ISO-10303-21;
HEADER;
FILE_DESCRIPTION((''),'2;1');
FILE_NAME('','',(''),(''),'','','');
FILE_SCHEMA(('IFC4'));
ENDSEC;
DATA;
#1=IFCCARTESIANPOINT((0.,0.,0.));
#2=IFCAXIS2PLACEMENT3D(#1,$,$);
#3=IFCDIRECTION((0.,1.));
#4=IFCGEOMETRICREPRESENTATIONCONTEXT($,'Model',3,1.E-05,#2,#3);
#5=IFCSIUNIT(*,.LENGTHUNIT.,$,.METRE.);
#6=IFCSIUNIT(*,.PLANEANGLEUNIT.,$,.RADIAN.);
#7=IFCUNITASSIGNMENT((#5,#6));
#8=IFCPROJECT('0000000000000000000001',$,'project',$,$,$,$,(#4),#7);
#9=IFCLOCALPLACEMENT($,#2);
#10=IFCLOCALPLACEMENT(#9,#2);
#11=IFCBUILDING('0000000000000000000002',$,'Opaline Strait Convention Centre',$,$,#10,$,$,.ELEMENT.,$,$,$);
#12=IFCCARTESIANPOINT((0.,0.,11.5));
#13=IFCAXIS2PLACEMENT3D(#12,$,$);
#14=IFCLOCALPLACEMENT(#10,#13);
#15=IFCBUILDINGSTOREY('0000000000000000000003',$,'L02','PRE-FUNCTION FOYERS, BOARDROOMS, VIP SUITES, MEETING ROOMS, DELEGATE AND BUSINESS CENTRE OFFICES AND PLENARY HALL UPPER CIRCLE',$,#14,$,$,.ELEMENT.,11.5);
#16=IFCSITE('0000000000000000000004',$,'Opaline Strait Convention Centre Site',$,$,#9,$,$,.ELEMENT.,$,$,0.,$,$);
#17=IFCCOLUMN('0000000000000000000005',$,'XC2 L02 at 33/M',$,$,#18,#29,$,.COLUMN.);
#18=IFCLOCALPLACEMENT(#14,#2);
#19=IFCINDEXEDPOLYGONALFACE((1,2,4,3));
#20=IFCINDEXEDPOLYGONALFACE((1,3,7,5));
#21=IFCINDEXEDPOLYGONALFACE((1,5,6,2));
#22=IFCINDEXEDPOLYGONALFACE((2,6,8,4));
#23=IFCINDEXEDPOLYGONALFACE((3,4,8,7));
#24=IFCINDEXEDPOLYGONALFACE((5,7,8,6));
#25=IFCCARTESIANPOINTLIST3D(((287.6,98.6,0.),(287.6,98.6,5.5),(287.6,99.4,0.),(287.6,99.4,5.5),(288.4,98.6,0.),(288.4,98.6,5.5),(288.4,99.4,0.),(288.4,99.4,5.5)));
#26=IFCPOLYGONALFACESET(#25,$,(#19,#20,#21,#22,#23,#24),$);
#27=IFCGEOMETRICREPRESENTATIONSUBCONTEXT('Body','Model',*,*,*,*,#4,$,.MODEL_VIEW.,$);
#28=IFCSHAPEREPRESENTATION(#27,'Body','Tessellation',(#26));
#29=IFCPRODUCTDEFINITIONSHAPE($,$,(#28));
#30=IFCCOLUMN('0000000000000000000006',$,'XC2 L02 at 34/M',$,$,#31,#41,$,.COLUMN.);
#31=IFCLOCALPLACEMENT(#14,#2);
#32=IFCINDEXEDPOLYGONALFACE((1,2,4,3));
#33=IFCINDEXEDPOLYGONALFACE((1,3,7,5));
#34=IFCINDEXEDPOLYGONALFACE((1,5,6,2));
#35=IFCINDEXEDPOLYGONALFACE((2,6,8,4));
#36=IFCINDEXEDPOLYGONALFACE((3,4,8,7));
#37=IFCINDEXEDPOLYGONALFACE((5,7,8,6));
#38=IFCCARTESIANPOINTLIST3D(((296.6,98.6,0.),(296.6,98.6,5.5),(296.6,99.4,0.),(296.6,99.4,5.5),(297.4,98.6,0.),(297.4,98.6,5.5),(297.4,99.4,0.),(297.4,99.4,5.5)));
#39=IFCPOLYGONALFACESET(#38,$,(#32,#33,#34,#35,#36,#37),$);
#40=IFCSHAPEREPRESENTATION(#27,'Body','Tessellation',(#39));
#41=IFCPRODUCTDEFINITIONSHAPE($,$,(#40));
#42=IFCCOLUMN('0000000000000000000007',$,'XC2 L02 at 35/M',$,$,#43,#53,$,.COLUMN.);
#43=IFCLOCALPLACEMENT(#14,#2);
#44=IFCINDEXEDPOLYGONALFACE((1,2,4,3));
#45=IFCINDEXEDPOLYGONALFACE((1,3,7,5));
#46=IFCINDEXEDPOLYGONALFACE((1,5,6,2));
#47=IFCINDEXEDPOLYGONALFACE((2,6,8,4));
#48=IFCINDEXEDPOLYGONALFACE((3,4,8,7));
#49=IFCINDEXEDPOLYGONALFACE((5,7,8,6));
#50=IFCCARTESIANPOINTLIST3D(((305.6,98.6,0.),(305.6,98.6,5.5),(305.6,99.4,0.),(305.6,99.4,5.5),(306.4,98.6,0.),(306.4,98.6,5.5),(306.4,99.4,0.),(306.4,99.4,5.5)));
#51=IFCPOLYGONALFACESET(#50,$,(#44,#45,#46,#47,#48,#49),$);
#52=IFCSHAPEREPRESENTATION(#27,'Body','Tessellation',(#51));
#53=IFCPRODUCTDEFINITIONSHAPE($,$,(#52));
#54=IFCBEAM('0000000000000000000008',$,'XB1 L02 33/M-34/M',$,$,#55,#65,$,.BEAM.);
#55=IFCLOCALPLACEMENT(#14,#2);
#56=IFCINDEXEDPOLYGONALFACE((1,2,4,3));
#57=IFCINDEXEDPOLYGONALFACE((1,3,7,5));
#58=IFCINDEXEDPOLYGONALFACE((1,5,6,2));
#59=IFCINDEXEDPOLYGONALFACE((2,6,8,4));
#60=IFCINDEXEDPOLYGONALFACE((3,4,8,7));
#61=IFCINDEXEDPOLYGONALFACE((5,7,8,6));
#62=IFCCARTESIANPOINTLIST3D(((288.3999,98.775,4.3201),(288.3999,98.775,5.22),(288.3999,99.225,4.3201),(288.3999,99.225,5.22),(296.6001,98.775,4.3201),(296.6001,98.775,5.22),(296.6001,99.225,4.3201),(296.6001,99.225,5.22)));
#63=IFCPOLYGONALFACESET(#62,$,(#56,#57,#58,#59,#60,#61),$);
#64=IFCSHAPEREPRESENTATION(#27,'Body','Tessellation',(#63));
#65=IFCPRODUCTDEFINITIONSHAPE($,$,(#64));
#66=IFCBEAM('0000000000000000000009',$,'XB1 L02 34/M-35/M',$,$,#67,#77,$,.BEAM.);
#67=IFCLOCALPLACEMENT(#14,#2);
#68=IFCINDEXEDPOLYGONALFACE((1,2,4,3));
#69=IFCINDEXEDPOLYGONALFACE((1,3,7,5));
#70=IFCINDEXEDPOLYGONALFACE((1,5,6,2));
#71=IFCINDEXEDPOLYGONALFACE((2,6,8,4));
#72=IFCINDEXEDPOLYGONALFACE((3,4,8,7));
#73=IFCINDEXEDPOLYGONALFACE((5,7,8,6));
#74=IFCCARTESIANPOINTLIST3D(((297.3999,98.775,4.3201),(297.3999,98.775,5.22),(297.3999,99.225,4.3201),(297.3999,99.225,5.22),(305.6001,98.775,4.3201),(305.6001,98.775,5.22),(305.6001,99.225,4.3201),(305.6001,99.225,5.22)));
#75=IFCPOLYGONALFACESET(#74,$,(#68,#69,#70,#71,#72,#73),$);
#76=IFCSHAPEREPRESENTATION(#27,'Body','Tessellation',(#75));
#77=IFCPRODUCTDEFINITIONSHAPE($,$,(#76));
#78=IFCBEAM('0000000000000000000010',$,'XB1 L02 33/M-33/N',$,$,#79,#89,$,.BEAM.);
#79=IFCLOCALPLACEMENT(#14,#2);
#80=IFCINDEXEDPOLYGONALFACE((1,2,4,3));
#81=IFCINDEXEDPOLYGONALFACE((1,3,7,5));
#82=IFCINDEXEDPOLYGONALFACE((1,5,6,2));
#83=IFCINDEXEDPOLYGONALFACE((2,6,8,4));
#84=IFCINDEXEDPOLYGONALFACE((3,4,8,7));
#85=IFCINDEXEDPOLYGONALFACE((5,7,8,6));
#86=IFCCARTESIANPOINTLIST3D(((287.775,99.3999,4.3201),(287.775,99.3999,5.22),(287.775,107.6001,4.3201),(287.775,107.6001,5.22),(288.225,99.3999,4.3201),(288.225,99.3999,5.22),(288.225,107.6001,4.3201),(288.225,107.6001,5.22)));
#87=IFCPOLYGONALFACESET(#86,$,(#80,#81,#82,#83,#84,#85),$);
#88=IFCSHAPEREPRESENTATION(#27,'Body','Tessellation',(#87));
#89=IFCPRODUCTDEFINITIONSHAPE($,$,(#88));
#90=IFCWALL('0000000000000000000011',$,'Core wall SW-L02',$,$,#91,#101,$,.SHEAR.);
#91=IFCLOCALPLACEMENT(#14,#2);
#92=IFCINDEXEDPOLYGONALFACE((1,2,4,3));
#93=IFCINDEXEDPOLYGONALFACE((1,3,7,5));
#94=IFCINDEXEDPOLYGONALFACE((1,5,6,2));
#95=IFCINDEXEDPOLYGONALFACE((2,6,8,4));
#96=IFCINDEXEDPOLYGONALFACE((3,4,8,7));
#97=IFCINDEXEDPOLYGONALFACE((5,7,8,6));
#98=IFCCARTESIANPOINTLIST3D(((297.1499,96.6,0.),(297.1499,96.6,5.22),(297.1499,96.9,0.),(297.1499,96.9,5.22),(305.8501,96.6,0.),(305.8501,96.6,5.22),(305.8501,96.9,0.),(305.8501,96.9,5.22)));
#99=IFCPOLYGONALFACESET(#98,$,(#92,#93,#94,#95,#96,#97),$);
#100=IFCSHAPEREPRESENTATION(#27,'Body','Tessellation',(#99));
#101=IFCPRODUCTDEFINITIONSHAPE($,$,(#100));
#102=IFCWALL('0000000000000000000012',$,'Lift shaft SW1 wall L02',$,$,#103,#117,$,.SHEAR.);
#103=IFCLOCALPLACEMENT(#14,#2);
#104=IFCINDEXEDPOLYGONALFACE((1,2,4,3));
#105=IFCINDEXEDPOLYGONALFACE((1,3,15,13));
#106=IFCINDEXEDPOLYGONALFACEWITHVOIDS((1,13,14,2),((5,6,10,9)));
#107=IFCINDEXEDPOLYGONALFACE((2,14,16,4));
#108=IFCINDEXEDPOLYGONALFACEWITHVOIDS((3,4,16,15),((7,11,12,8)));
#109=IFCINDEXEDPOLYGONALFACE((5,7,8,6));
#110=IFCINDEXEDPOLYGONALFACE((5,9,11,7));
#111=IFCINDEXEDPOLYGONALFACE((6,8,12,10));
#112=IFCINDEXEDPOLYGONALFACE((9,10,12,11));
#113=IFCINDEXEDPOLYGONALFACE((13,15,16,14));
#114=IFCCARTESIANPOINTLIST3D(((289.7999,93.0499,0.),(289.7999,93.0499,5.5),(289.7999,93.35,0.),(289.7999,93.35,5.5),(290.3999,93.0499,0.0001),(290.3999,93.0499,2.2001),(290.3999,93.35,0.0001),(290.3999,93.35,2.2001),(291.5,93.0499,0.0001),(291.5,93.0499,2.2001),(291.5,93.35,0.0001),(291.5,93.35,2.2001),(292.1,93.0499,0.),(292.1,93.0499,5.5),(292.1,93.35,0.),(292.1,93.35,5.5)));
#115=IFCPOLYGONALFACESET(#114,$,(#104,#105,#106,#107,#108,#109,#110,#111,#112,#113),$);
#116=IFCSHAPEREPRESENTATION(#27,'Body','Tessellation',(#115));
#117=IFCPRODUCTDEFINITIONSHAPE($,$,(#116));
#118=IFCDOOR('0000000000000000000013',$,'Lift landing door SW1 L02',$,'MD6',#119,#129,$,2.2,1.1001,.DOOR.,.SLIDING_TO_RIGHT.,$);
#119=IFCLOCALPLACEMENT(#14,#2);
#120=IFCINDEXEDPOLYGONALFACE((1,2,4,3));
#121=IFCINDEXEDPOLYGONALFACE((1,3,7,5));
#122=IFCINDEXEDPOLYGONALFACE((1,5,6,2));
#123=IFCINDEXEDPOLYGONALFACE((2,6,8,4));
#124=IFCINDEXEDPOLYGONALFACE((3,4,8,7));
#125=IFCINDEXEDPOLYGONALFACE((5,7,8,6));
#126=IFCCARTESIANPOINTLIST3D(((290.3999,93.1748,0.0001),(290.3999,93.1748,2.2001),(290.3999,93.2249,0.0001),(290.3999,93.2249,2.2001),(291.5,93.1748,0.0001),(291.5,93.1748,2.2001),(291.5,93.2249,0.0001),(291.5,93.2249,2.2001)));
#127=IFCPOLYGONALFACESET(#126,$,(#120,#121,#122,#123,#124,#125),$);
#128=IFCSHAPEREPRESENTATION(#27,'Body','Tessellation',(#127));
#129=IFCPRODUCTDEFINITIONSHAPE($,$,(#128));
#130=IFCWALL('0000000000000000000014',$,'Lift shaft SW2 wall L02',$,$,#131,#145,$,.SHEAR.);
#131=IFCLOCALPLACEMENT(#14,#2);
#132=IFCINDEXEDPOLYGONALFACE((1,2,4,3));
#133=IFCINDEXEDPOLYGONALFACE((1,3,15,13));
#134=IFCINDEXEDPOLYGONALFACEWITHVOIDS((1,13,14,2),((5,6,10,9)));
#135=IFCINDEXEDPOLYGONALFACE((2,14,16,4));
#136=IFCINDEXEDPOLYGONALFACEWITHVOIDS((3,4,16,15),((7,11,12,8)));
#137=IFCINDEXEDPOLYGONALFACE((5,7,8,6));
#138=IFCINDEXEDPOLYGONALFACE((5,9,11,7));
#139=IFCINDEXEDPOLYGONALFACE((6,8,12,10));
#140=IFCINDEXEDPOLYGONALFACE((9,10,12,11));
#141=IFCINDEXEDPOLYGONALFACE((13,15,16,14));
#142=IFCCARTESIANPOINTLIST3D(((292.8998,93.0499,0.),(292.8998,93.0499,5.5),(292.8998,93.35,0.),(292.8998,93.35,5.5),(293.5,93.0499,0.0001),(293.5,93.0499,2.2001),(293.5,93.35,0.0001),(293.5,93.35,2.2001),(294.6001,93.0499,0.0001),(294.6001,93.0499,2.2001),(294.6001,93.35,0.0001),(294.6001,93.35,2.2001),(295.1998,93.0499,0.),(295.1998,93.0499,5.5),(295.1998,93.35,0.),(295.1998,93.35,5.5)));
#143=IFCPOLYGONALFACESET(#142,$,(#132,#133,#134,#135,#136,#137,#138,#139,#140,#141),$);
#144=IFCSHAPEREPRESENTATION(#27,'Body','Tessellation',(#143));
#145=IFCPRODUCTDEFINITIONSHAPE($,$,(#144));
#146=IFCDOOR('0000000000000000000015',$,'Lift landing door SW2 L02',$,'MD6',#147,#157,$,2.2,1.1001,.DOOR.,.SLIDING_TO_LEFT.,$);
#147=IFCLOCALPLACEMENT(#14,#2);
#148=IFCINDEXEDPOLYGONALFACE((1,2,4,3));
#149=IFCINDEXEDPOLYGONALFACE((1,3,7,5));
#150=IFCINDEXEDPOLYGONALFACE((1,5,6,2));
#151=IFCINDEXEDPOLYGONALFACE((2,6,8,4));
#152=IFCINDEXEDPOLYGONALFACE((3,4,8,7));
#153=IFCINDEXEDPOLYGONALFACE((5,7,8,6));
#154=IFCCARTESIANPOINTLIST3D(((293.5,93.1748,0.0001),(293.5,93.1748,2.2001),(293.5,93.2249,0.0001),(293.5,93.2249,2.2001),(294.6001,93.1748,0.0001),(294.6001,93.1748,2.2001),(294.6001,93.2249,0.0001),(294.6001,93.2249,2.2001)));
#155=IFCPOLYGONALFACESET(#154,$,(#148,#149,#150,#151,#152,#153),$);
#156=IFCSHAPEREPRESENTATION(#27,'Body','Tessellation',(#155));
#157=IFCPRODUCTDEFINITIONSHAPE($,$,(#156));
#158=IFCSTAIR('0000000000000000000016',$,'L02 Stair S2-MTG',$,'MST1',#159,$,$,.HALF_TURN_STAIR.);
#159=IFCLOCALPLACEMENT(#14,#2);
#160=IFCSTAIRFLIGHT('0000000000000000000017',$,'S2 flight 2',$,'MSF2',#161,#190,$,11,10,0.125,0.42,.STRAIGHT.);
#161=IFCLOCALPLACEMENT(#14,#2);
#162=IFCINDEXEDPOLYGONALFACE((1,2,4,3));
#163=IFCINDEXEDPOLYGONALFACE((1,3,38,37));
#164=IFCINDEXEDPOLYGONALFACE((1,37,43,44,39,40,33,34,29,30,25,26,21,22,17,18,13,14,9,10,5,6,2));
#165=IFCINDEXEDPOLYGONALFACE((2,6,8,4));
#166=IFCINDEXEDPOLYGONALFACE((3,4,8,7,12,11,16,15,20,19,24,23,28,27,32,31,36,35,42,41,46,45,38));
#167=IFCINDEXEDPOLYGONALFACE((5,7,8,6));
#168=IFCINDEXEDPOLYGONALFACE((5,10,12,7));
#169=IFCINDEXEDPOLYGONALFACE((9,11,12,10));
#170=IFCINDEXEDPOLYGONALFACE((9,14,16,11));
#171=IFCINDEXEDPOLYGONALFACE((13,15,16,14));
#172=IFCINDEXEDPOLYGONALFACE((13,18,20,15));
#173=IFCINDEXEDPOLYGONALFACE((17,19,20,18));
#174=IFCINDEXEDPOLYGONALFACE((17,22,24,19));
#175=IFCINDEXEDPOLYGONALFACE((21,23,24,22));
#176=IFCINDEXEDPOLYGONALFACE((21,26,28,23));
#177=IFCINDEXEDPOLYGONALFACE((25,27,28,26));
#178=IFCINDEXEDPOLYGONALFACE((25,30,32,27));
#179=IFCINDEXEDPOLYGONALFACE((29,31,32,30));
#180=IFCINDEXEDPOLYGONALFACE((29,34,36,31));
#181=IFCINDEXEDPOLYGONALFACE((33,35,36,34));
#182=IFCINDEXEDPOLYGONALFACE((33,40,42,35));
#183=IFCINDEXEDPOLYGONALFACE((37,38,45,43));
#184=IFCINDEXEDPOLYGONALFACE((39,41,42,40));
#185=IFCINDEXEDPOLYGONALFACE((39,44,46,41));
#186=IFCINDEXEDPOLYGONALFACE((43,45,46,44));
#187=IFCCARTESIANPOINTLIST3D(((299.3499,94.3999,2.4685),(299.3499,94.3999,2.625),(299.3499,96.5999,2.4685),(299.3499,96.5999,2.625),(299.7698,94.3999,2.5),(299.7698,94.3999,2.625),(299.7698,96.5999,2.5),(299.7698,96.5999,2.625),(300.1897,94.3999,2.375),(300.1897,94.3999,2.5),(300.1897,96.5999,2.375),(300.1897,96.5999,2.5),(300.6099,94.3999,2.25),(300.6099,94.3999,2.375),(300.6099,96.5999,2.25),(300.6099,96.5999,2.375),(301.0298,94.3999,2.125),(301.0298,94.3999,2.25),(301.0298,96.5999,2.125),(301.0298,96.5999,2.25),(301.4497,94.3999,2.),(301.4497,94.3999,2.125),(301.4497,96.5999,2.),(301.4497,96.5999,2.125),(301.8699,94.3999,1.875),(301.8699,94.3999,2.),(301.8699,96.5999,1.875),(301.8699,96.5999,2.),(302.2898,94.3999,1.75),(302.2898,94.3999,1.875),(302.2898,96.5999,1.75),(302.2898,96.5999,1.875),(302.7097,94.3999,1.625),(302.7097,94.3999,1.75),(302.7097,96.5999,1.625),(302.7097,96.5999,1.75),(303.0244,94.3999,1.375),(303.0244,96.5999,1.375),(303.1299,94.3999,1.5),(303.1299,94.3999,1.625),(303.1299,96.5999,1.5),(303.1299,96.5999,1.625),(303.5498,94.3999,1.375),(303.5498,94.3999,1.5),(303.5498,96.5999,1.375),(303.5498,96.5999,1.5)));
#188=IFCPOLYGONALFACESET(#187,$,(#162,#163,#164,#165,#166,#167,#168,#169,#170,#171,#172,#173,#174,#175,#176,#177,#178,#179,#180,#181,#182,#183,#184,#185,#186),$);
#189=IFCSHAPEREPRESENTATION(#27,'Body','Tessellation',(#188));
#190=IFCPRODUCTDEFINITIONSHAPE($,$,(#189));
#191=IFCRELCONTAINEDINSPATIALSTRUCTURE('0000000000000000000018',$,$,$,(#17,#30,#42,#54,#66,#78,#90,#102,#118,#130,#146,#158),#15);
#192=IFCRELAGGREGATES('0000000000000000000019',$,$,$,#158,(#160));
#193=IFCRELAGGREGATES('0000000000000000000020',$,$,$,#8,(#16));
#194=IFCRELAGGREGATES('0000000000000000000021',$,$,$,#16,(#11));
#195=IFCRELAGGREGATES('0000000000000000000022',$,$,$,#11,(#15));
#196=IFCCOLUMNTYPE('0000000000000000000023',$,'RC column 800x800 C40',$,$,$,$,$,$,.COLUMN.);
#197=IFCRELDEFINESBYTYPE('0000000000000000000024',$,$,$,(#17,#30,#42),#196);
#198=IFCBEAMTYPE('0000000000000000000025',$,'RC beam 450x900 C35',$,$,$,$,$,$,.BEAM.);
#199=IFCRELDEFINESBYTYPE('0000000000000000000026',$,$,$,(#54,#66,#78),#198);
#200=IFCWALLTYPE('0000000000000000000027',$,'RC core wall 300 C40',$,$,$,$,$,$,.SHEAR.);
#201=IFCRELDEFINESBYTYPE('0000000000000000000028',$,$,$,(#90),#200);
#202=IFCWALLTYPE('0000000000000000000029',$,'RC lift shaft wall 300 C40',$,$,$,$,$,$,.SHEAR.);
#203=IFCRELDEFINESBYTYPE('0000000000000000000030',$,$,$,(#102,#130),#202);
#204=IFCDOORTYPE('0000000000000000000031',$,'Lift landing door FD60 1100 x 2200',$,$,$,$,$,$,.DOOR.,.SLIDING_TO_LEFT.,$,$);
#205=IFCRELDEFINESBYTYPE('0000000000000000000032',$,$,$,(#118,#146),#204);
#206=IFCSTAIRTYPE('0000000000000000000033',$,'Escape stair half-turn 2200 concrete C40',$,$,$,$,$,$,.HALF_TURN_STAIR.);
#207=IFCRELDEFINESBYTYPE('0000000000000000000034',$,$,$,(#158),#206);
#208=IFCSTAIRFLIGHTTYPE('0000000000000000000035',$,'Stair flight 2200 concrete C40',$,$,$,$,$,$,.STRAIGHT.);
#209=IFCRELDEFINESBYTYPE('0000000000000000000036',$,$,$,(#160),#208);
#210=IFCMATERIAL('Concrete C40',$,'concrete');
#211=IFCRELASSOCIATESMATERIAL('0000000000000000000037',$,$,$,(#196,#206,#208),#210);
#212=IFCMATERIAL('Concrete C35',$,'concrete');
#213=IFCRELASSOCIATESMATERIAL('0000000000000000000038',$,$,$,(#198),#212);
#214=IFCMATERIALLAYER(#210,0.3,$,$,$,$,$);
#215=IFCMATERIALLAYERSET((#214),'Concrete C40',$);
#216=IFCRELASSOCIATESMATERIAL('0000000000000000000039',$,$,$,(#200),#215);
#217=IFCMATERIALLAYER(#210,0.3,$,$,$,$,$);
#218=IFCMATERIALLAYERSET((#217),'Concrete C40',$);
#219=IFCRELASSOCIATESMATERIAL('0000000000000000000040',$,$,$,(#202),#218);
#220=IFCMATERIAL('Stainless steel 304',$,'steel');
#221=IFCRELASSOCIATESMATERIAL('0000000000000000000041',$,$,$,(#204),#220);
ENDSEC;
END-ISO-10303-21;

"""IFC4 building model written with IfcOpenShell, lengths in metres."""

from ifc_helpers import new_model, si_unit, direction, frame, frame_2d, origin, origin_2d, place, context, subcontext, project, spatial, polyline, rectangle, outline, extrude, material, layer, layer_set, material_profile, profile_set, type_object, element, fill, aggregate, save


model = new_model("IFC4")

# Units and contexts
model_context = context("Model", 3, precision=1e-05, world=origin(), true_north=direction((0.0, 1.0)))
body_context = subcontext(model_context, "Body", "Model", "MODEL_VIEW")
ifc_project = project(units=[si_unit("LENGTHUNIT", "METRE"), si_unit("PLANEANGLEUNIT", "RADIAN")], contexts=[model_context])

# Site, building, storey
site_placement = place(None, origin())
site = spatial("IfcSite", under=ifc_project, at=site_placement, Name="Opaline Strait Convention Centre Site", CompositionType="ELEMENT", RefElevation=0.0)
building_placement = place(site_placement, origin())
building = spatial("IfcBuilding", under=site, at=building_placement, Name="Opaline Strait Convention Centre", CompositionType="ELEMENT")
storey_placement = place(building_placement, frame((0.0, 0.0, 11.5)))
storey = spatial("IfcBuildingStorey", under=building, at=storey_placement, Name="L02", Description="PRE-FUNCTION FOYERS, BOARDROOMS, VIP SUITES, MEETING ROOMS, DELEGATE AND BUSINESS CENTRE OFFICES AND PLENARY HALL UPPER CIRCLE", CompositionType="ELEMENT", Elevation=11.5)

# Columns
ifc_material_1 = material(Name="Concrete C40", Category="concrete")
ifc_material_profile_1 = material_profile(ifc_material_1, rectangle(XDim=0.8, YDim=0.8, at=origin_2d()), Name="RC 800x800")
ifc_profile_set_1 = profile_set([ifc_material_profile_1], Name="Concrete C40")
column_type = type_object("IfcColumnType", Name="RC column 800x800 C40", PredefinedType="COLUMN", material=ifc_profile_set_1)
for number, where, z_axis, x_axis, name in (
    (1, (288.0, 99.0, 0.0), (0.0, 0.0, 1.0), (1.0, 0.0, 0.0), "XC2 L02 at 33/M"),
    (2, (297.0, 99.0, 0.0), (0.0, 0.0, 1.0), (1.0, 0.0, 0.0), "XC2 L02 at 34/M"),
    (3, (306.0, 99.0, 0.0), (0.0, 0.0, 1.0), (1.0, 0.0, 0.0), "XC2 L02 at 35/M"),
):
    element("IfcColumn", number, at=place(storey_placement, frame(where, z_axis=z_axis, x_axis=x_axis)), inside=storey, type_object=column_type, Name=name, PredefinedType="COLUMN", context=body_context, shape_type="SweptSolid", body=[
        extrude(rectangle(XDim=0.8, YDim=0.8, at=origin_2d()), origin(), (0.0, 0.0, 1.0), 5.5),
    ])

# Beams
ifc_material_2 = material(Name="Concrete C35", Category="concrete")
ifc_material_profile_2 = material_profile(ifc_material_2, rectangle(XDim=0.45, YDim=0.8999, at=origin_2d()), Name="RC 450x900")
ifc_profile_set_2 = profile_set([ifc_material_profile_2], Name="Concrete C35")
beam_type = type_object("IfcBeamType", Name="RC beam 450x900 C35", PredefinedType="BEAM", material=ifc_profile_set_2)
for number, where, z_axis, x_axis, name in (
    (4, (288.3999, 99.0, 4.77), (1.0, 0.0, 0.0), (0.0, 1.0, 0.0), "XB1 L02 33/M-34/M"),
    (5, (297.3999, 99.0, 4.77), (1.0, 0.0, 0.0), (0.0, 1.0, 0.0), "XB1 L02 34/M-35/M"),
    (6, (288.0, 99.3999, 4.77), (0.0, 1.0, 0.0), (-1.0, 0.0, 0.0), "XB1 L02 33/M-33/N"),
):
    element("IfcBeam", number, at=place(storey_placement, frame(where, z_axis=z_axis, x_axis=x_axis)), inside=storey, type_object=beam_type, Name=name, PredefinedType="BEAM", context=body_context, shape_type="SweptSolid", body=[
        extrude(rectangle(XDim=0.45, YDim=0.8999, at=origin_2d()), origin(), (0.0, 0.0, 1.0), 8.2002),
    ])

# Shared definitions
ifc_layer_1 = layer(ifc_material_1, 0.3)
ifc_layer_set_1 = layer_set([ifc_layer_1], Name="Concrete C40")
wall_type_1 = type_object("IfcWallType", Name="RC core wall 300 C40", PredefinedType="SHEAR", material=ifc_layer_set_1)

# Wall
wall_1_placement = place(storey_placement, frame((297.1499, 96.75, 0.0), z_axis=(0.0, 0.0, 1.0), x_axis=(1.0, 0.0, 0.0)))
element("IfcWall", 7, at=wall_1_placement, inside=storey, type_object=wall_type_1, Name="Core wall SW-L02", PredefinedType="SHEAR", context=body_context, shape_type="SweptSolid", body=[
    extrude(rectangle(XDim=8.7002, YDim=0.3, at=frame_2d((4.3501, 0.0))), origin(), (0.0, 0.0, 1.0), 5.22),
])

# Walls, openings, doors
ifc_layer_2 = layer(ifc_material_1, 0.3)
ifc_layer_set_2 = layer_set([ifc_layer_2], Name="Concrete C40")
wall_type_2 = type_object("IfcWallType", Name="RC lift shaft wall 300 C40", PredefinedType="SHEAR", material=ifc_layer_set_2)
wall_2_placement = place(storey_placement, frame((289.8, 93.2, 0.0), z_axis=(0.0, 0.0, 1.0), x_axis=(1.0, 0.0, 0.0)))
wall_2 = element("IfcWall", 8, at=wall_2_placement, inside=storey, type_object=wall_type_2, Name="Lift shaft SW1 wall L02", PredefinedType="SHEAR", context=body_context, shape_type="SweptSolid", body=[
    extrude(rectangle(XDim=2.3, YDim=0.3, at=frame_2d((1.1499, 0.0))), origin(), (0.0, 0.0, 1.0), 5.5),
])
opening_1_placement = place(wall_2_placement, frame((0.5999, 0.0, 0.0)))
opening_1 = element("IfcOpeningElement", 9, at=opening_1_placement, cuts=wall_2, PredefinedType="OPENING", context=body_context, shape_type="SweptSolid", body=[
    extrude(rectangle(XDim=1.1001, YDim=2.2, at=frame_2d((0.55, 1.1001))), frame((0.0, 0.1599, 0.0), z_axis=(0.0, -1.0, 0.0), x_axis=(1.0, 0.0, 0.0)), (0.0, 0.0, 1.0), 0.3201),
])
ifc_material_3 = material(Name="Stainless steel 304", Category="steel")
door_type_1 = type_object("IfcDoorType", Name="Lift landing door FD60 1100 x 2200", OperationType="SLIDING_TO_LEFT", PredefinedType="DOOR", material=ifc_material_3)
door_1_placement = place(opening_1_placement, origin())
door_1 = element("IfcDoor", 10, at=door_1_placement, inside=storey, type_object=door_type_1, Name="Lift landing door SW1 L02", ObjectType="MD6", OperationType="SLIDING_TO_RIGHT", OverallHeight=2.2, OverallWidth=1.1001, PredefinedType="DOOR", context=body_context, shape_type="SweptSolid", body=[
    extrude(rectangle(XDim=1.1001, YDim=2.2, at=frame_2d((0.55, 1.1001))), frame((0.0, 0.0249, 0.0), z_axis=(0.0, -1.0, 0.0), x_axis=(1.0, 0.0, 0.0)), (0.0, 0.0, 1.0), 0.05),
])
fill(opening_1, door_1)
wall_3_placement = place(storey_placement, frame((292.8999, 93.2, 0.0), z_axis=(0.0, 0.0, 1.0), x_axis=(1.0, 0.0, 0.0)))
wall_3 = element("IfcWall", 11, at=wall_3_placement, inside=storey, type_object=wall_type_2, Name="Lift shaft SW2 wall L02", PredefinedType="SHEAR", context=body_context, shape_type="SweptSolid", body=[
    extrude(rectangle(XDim=2.3, YDim=0.3, at=frame_2d((1.1499, 0.0))), origin(), (0.0, 0.0, 1.0), 5.5),
])
opening_2_placement = place(wall_3_placement, frame((0.6001, 0.0, 0.0)))
opening_2 = element("IfcOpeningElement", 12, at=opening_2_placement, cuts=wall_3, PredefinedType="OPENING", context=body_context, shape_type="SweptSolid", body=[
    extrude(rectangle(XDim=1.1001, YDim=2.2, at=frame_2d((0.55, 1.1001))), frame((0.0, 0.1599, 0.0), z_axis=(0.0, -1.0, 0.0), x_axis=(1.0, 0.0, 0.0)), (0.0, 0.0, 1.0), 0.3201),
])
door_2_placement = place(opening_2_placement, origin())
door_2 = element("IfcDoor", 13, at=door_2_placement, inside=storey, type_object=door_type_1, Name="Lift landing door SW2 L02", ObjectType="MD6", OperationType="SLIDING_TO_LEFT", OverallHeight=2.2, OverallWidth=1.1001, PredefinedType="DOOR", context=body_context, shape_type="SweptSolid", body=[
    extrude(rectangle(XDim=1.1001, YDim=2.2, at=frame_2d((0.55, 1.1001))), frame((0.0, 0.0249, 0.0), z_axis=(0.0, -1.0, 0.0), x_axis=(1.0, 0.0, 0.0)), (0.0, 0.0, 1.0), 0.05),
])
fill(opening_2, door_2)

# Stair, stair flight
stair_type = type_object("IfcStairType", Name="Escape stair half-turn 2200 concrete C40", PredefinedType="HALF_TURN_STAIR", material=ifc_material_1)
stair_placement = place(storey_placement, origin())
stair = element("IfcStair", 14, at=stair_placement, inside=storey, type_object=stair_type, Name="L02 Stair S2-MTG", ObjectType="MST1", PredefinedType="HALF_TURN_STAIR")
stair_flight_type = type_object("IfcStairFlightType", Name="Stair flight 2200 concrete C40", PredefinedType="STRAIGHT", material=ifc_material_1)
stair_flight_1_placement = place(storey_placement, frame((303.5498, 95.5, 1.375), z_axis=(0.0, 0.0, 1.0), x_axis=(-1.0, 0.0, 0.0)))
stair_flight_1 = element("IfcStairFlight", 15, at=stair_flight_1_placement, type_object=stair_flight_type, Name="S2 flight 2", ObjectType="MSF2", NumberOfRisers=11, NumberOfTreads=10, PredefinedType="STRAIGHT", RiserHeight=0.125, TreadLength=0.42, context=body_context, shape_type="SweptSolid", body=[
    extrude(outline(polyline([(0.0, 0.0), (0.0, 0.125), (0.4199, 0.125), (0.4199, 0.25), (0.8401, 0.25), (0.8401, 0.375), (1.26, 0.375), (1.26, 0.5), (1.6799, 0.5), (1.6799, 0.625), (2.1001, 0.625), (2.1001, 0.75), (2.52, 0.75), (2.52, 0.875), (2.9399, 0.875), (2.9399, 1.0), (3.3601, 1.0), (3.3601, 1.125), (3.78, 1.125), (3.78, 1.25), (4.2, 1.25), (4.2, 1.375), (4.2, 1.0935), (0.5254, 0.0), (0.0, 0.0)])), frame((0.0, 1.1001, 0.0), z_axis=(0.0, -1.0, 0.0), x_axis=(1.0, 0.0, 0.0)), (0.0, 0.0, 1.0), 2.2),
])
aggregate(stair, [stair_flight_1])

save(model, "model.ifc")
